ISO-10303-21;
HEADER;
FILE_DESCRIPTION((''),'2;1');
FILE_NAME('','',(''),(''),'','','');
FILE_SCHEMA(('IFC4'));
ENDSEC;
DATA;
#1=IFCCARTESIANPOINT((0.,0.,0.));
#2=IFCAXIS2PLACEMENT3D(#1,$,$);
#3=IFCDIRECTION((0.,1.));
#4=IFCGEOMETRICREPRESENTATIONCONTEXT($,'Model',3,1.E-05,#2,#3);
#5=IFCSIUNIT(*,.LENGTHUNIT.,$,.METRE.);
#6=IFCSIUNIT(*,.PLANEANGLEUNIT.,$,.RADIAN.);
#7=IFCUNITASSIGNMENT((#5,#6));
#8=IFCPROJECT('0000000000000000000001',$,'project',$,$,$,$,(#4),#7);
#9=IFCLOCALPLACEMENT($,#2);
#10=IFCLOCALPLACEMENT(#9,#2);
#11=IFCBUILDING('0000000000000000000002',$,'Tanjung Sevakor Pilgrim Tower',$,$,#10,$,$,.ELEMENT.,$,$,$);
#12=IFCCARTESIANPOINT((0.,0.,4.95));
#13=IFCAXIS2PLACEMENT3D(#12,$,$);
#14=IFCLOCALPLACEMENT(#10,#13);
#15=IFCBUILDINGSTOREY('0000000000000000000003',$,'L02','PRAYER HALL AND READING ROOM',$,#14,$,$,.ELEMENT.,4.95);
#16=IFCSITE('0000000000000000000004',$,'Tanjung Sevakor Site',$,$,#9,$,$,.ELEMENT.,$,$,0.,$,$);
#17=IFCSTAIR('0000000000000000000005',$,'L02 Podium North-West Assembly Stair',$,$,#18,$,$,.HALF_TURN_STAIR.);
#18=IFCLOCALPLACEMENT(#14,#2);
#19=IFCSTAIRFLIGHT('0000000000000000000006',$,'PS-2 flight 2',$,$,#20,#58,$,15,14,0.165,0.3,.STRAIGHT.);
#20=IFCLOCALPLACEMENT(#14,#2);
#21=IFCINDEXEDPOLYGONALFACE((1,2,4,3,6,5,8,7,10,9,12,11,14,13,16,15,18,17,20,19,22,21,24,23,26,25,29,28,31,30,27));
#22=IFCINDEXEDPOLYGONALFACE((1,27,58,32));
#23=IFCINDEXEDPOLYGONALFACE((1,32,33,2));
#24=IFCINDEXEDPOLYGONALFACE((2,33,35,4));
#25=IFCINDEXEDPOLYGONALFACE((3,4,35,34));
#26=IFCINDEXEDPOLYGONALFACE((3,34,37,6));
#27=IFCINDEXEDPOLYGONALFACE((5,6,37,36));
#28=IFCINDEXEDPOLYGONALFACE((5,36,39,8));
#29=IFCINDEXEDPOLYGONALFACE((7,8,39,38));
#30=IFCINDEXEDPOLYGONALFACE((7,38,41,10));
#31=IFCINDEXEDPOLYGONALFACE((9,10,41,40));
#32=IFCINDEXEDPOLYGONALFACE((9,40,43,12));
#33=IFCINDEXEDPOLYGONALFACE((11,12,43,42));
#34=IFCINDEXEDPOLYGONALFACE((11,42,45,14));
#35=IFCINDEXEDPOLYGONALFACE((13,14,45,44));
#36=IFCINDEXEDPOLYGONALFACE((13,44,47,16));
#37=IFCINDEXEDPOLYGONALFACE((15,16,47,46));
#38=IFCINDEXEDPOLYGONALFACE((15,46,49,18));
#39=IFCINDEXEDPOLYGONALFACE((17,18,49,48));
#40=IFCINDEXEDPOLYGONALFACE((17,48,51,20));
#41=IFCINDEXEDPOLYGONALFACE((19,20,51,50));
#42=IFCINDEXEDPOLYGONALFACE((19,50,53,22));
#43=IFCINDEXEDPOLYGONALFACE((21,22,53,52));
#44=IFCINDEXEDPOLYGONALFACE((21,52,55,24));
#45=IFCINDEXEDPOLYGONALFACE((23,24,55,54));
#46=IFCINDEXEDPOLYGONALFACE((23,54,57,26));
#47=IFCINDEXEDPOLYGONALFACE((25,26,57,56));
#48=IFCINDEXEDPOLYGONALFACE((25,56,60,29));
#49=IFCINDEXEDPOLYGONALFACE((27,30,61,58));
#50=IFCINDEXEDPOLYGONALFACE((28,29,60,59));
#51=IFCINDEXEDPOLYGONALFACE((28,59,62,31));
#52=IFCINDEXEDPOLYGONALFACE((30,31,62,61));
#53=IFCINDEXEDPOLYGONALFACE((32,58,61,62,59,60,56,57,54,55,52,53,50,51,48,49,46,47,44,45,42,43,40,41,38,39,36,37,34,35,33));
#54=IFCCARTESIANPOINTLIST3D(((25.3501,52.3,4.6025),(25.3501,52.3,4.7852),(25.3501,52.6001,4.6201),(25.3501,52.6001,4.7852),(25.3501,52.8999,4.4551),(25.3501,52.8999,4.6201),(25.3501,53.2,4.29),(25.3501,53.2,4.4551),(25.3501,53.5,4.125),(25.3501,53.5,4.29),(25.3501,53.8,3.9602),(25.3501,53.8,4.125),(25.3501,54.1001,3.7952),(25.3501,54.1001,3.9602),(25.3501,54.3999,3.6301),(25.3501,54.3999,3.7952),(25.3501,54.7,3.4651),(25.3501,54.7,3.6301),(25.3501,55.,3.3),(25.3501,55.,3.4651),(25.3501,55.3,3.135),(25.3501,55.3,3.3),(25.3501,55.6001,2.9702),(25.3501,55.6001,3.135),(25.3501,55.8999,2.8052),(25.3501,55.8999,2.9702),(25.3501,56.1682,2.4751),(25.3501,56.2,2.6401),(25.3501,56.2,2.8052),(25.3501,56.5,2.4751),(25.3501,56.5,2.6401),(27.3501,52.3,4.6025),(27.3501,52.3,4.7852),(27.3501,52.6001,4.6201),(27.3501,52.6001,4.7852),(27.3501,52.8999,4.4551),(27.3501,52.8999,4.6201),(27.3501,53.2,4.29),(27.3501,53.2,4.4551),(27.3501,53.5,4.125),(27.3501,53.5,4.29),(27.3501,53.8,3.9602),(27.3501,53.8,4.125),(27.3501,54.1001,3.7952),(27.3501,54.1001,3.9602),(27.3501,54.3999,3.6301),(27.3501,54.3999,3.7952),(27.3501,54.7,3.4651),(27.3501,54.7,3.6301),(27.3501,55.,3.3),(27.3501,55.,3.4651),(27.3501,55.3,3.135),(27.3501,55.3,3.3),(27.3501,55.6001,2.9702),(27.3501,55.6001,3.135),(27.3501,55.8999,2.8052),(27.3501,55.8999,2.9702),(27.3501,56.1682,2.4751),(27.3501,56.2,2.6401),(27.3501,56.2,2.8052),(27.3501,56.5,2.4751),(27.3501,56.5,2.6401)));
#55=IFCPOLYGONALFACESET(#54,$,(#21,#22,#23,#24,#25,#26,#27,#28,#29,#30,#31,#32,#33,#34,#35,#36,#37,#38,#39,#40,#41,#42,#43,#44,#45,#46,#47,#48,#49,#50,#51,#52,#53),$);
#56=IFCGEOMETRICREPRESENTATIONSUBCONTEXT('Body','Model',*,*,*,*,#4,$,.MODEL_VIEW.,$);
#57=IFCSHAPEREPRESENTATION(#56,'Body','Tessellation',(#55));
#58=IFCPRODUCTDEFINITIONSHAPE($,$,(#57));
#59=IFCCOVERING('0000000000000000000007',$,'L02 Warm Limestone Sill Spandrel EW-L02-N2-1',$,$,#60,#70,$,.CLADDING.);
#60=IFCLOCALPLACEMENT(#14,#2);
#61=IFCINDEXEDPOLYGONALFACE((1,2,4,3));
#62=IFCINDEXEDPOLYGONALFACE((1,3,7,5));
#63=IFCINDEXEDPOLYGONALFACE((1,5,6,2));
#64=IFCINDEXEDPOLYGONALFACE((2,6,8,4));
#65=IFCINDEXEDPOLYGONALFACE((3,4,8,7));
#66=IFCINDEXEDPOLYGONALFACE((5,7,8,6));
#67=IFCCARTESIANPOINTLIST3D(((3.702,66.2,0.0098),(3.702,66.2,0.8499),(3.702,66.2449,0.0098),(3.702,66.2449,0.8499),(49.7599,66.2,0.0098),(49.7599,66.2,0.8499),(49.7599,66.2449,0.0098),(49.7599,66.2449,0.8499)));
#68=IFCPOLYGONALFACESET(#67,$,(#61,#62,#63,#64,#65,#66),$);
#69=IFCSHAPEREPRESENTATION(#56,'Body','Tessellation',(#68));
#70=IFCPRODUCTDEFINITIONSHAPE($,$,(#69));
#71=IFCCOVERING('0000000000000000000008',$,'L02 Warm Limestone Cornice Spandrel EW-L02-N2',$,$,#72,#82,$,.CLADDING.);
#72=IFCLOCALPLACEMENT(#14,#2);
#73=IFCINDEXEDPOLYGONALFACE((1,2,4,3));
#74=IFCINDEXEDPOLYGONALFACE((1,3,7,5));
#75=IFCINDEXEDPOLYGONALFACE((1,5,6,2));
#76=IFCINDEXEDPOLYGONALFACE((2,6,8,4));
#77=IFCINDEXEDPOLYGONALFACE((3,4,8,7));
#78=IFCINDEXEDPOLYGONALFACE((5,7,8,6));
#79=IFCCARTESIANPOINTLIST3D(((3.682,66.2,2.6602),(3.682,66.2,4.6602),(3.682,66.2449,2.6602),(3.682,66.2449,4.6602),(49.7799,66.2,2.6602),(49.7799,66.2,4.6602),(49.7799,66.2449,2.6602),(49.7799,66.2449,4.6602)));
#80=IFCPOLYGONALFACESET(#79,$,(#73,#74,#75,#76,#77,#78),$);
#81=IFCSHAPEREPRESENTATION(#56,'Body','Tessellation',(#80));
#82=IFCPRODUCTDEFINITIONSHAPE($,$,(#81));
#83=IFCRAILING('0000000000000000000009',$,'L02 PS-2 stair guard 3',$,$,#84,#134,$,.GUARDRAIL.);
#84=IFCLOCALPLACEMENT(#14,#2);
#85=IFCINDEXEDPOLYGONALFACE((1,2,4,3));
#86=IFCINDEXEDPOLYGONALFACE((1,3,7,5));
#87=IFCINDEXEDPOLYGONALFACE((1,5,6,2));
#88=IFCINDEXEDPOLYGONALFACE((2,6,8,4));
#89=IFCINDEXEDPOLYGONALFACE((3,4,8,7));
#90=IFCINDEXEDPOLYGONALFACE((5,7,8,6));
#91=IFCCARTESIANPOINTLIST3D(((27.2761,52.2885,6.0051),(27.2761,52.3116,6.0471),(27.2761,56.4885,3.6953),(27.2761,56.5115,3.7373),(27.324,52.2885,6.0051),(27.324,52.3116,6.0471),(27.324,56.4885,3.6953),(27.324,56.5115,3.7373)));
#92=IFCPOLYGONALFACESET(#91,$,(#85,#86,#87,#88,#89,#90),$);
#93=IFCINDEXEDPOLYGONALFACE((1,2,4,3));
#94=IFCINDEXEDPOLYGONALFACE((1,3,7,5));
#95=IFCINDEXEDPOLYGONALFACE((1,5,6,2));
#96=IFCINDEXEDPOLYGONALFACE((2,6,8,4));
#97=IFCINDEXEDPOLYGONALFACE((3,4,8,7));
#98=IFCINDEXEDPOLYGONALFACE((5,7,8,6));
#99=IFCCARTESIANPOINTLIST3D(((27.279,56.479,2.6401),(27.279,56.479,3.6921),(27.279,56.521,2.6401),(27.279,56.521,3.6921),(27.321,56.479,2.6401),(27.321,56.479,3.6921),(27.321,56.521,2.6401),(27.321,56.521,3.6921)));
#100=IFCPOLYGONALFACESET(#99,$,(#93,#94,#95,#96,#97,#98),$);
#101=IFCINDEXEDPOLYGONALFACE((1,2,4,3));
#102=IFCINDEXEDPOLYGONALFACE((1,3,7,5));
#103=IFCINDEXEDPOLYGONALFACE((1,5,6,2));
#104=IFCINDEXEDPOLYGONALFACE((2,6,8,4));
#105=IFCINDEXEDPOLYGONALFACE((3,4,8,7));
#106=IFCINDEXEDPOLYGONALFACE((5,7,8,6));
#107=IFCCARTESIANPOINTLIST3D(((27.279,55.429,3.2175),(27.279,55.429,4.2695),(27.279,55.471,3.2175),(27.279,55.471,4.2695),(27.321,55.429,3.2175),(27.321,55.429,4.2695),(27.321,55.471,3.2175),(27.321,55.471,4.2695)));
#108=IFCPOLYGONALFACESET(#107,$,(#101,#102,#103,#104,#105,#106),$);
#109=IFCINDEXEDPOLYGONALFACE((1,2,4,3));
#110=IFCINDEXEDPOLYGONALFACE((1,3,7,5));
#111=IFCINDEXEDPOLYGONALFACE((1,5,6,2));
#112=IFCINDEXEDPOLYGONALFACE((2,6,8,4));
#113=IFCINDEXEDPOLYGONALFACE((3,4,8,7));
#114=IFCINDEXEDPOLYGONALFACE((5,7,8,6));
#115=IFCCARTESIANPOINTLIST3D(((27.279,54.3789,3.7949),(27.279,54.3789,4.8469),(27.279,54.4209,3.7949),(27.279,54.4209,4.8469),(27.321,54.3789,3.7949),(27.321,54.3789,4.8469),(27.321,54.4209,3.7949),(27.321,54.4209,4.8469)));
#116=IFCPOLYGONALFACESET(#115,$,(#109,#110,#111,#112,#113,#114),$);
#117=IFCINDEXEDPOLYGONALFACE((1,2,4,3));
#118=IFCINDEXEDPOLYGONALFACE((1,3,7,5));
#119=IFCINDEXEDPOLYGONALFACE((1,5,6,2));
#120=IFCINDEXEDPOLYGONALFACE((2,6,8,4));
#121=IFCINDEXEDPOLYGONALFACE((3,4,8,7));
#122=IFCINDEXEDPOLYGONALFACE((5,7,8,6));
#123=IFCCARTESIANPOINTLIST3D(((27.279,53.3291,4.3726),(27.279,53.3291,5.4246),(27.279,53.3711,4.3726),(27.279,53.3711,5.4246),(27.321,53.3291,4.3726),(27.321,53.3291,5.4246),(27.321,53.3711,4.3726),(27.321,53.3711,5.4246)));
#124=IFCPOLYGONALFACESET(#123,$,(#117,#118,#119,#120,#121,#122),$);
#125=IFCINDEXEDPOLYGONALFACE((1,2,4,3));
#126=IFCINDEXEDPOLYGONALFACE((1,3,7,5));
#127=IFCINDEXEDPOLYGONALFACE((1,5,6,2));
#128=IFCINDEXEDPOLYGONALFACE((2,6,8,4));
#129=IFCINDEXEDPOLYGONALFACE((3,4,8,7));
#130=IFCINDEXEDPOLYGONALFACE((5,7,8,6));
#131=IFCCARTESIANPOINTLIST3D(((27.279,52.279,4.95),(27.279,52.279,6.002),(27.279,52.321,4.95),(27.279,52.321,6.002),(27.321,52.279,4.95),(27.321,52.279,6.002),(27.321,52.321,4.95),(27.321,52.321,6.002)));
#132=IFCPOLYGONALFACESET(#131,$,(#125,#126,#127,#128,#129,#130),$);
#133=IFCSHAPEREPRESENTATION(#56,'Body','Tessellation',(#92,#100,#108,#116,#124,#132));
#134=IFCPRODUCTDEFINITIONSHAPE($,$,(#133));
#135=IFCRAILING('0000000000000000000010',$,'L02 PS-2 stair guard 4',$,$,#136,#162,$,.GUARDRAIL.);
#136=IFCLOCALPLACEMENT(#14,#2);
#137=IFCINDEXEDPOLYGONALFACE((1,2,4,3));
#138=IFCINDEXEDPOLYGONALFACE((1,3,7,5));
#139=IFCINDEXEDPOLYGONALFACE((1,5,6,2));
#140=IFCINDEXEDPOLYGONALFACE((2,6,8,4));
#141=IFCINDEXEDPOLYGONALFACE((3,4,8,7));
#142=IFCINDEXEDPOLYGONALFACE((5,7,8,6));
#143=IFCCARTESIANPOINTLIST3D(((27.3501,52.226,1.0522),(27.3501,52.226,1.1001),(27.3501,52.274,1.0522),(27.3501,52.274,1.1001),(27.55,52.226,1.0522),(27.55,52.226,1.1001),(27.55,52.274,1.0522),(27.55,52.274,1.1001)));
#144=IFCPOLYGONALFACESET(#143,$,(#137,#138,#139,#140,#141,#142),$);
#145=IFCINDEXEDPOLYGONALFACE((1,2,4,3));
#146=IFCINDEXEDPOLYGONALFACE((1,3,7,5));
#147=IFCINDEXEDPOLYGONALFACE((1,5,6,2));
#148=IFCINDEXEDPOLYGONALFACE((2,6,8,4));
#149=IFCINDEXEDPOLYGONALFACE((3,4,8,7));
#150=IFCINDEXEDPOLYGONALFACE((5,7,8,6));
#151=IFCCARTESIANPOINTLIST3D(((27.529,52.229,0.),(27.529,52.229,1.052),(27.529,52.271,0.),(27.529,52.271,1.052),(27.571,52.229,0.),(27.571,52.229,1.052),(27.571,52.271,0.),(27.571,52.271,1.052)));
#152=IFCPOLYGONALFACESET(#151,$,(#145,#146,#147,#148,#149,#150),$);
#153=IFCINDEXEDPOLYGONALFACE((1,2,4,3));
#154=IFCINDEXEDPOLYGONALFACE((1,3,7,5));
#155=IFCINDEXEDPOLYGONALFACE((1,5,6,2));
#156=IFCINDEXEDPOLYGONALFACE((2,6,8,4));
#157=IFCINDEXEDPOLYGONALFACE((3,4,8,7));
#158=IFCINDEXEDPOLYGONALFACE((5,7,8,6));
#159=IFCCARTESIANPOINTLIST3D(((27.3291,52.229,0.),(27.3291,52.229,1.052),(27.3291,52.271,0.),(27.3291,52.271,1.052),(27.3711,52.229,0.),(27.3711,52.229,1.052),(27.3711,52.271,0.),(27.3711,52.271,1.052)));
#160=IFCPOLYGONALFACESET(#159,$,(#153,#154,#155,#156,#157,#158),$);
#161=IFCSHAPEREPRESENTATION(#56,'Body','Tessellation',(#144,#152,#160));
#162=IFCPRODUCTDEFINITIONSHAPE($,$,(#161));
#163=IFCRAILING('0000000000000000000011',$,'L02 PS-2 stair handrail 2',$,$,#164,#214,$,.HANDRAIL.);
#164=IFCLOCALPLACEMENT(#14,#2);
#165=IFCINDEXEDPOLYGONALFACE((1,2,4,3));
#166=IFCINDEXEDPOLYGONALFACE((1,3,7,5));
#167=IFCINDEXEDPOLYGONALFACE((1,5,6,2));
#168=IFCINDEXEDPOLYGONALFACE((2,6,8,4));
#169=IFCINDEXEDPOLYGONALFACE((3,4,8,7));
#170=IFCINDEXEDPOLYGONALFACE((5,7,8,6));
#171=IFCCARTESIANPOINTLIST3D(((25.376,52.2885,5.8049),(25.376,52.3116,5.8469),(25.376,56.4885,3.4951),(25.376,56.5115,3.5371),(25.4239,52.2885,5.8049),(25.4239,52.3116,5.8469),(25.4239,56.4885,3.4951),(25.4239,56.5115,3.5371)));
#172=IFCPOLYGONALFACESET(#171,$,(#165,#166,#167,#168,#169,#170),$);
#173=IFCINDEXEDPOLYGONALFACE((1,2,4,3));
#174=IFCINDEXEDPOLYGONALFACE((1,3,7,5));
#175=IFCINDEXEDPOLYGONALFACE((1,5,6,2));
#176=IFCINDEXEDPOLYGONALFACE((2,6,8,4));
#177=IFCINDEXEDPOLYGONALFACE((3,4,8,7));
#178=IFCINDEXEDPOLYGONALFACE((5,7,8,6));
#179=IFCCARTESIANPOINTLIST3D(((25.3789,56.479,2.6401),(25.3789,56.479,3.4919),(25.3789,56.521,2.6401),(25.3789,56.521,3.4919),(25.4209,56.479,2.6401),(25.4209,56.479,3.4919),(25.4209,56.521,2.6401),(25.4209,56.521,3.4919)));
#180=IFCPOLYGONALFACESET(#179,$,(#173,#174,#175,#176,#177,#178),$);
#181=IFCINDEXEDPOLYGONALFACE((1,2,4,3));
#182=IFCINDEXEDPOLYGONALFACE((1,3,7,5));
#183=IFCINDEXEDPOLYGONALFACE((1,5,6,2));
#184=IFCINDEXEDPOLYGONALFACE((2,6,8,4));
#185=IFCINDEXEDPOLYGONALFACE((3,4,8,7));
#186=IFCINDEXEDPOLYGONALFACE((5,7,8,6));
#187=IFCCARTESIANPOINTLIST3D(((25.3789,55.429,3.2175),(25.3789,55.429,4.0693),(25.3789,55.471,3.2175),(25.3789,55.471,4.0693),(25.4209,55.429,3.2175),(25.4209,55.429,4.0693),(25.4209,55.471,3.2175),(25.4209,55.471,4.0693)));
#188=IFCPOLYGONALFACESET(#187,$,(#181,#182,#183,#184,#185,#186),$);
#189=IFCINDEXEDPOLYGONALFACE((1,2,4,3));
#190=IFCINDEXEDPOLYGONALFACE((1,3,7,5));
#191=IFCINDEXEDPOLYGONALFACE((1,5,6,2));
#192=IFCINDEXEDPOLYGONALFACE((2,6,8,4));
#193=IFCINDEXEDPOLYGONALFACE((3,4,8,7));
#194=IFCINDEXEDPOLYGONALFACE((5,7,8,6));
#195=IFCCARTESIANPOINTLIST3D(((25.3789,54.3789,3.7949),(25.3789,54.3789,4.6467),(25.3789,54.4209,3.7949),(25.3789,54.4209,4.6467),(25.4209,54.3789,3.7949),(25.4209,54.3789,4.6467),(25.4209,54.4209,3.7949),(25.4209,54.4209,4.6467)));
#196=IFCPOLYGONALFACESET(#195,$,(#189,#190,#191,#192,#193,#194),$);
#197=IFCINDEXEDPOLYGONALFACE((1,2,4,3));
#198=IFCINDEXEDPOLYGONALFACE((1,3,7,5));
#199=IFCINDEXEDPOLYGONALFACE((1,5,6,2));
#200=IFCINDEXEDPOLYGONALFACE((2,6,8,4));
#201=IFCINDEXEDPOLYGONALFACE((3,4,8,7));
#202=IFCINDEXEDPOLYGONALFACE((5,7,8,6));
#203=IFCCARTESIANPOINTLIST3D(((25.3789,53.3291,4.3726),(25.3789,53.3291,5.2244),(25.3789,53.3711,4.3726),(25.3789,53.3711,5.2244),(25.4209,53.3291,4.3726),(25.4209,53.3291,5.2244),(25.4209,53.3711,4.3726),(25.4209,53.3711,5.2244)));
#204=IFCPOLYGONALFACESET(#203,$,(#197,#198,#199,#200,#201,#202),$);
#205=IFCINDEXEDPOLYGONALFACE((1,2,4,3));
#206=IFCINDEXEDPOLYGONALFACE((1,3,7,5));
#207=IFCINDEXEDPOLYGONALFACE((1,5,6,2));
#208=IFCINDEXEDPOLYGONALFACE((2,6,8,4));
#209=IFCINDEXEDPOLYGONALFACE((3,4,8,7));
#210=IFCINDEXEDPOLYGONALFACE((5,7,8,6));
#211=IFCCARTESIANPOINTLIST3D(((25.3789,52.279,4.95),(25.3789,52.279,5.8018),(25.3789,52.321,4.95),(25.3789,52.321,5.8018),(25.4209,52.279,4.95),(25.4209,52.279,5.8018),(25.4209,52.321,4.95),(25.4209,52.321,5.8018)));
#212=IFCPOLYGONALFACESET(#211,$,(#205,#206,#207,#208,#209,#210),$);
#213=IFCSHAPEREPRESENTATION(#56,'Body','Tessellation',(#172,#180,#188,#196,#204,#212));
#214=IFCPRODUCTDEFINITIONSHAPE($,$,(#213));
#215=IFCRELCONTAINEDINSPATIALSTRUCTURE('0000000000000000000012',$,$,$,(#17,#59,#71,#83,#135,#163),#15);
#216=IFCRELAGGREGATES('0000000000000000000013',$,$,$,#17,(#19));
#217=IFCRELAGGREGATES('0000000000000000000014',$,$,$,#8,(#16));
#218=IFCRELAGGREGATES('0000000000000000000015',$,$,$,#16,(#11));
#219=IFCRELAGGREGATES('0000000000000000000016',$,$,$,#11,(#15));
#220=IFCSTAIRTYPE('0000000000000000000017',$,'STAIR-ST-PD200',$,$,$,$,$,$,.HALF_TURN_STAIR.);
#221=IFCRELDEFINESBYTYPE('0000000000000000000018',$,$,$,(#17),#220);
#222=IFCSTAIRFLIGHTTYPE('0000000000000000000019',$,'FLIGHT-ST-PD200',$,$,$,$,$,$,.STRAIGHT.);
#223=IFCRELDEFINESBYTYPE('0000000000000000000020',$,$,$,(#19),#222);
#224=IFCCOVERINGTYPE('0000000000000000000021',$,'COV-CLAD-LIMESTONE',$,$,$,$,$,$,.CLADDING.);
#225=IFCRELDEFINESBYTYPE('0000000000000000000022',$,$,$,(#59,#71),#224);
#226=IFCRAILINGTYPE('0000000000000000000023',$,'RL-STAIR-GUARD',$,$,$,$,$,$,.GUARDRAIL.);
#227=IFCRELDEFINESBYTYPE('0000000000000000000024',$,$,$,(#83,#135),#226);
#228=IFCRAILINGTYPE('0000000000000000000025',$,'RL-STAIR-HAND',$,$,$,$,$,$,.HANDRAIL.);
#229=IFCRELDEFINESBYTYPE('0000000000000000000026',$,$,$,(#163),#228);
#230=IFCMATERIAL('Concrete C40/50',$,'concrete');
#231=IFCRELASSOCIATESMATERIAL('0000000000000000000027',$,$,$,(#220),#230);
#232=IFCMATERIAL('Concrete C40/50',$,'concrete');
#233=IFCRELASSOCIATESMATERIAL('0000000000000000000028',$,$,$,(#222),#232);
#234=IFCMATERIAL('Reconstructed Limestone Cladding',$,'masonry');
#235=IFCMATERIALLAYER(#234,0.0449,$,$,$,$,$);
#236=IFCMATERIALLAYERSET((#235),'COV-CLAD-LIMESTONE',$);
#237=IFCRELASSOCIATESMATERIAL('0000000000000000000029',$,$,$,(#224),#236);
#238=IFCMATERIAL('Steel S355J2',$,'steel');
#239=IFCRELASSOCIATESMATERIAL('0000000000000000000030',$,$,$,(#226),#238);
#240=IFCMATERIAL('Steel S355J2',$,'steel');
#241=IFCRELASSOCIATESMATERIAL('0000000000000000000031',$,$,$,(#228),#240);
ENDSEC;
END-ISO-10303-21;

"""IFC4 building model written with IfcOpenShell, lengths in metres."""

from ifc_helpers import new_model, si_unit, direction, frame, origin, origin_2d, place, context, subcontext, project, spatial, polyline, rectangle, outline, extrude, material, layer, layer_set, type_object, element, aggregate, save


model = new_model("IFC4")

# Units and contexts
model_context = context("Model", 3, precision=1e-05, world=origin(), true_north=direction((0.0, 1.0)))
body_context = subcontext(model_context, "Body", "Model", "MODEL_VIEW")
ifc_project = project(units=[si_unit("LENGTHUNIT", "METRE"), si_unit("PLANEANGLEUNIT", "RADIAN")], contexts=[model_context])

# Site, building, storey
site_placement = place(None, origin())
site = spatial("IfcSite", under=ifc_project, at=site_placement, Name="Tanjung Sevakor Site", CompositionType="ELEMENT", RefElevation=0.0)
building_placement = place(site_placement, origin())
building = spatial("IfcBuilding", under=site, at=building_placement, Name="Tanjung Sevakor Pilgrim Tower", CompositionType="ELEMENT")
storey_placement = place(building_placement, frame((0.0, 0.0, 4.95)))
storey = spatial("IfcBuildingStorey", under=building, at=storey_placement, Name="L02", Description="PRAYER HALL AND READING ROOM", CompositionType="ELEMENT", Elevation=4.95)

# Stair, stair flight
ifc_material_1 = material(Name="Concrete C40/50", Category="concrete")
stair_type = type_object("IfcStairType", Name="STAIR-ST-PD200", PredefinedType="HALF_TURN_STAIR", material=ifc_material_1)
stair_placement = place(storey_placement, origin())
stair = element("IfcStair", 1, at=stair_placement, inside=storey, type_object=stair_type, Name="L02 Podium North-West Assembly Stair", PredefinedType="HALF_TURN_STAIR")
ifc_material_2 = material(Name="Concrete C40/50", Category="concrete")
stair_flight_type = type_object("IfcStairFlightType", Name="FLIGHT-ST-PD200", PredefinedType="STRAIGHT", material=ifc_material_2)
stair_flight_placement = place(storey_placement, frame((26.3501, 56.5, 2.4751), z_axis=(0.0, 0.0, 1.0), x_axis=(0.0, -1.0, 0.0)))
stair_flight = element("IfcStairFlight", 2, at=stair_flight_placement, type_object=stair_flight_type, Name="PS-2 flight 2", NumberOfRisers=15, NumberOfTreads=14, PredefinedType="STRAIGHT", RiserHeight=0.165, TreadLength=0.3, context=body_context, shape_type="SweptSolid", body=[
    extrude(outline(polyline([(0.0, 0.0), (0.0, 0.165), (0.3, 0.165), (0.3, 0.3301), (0.6001, 0.3301), (0.6001, 0.4951), (0.8999, 0.4951), (0.8999, 0.6599), (1.2, 0.6599), (1.2, 0.825), (1.5, 0.825), (1.5, 0.99), (1.8, 0.99), (1.8, 1.155), (2.1001, 1.155), (2.1001, 1.3201), (2.3999, 1.3201), (2.3999, 1.4851), (2.7, 1.4851), (2.7, 1.6499), (3.0, 1.6499), (3.0, 1.8149), (3.3, 1.8149), (3.3, 1.98), (3.6001, 1.98), (3.6001, 2.145), (3.8999, 2.145), (3.8999, 2.3101), (4.2, 2.3101), (4.2, 2.4751), (4.2, 2.1274), (0.3318, 0.0), (0.0, 0.0)])), frame((0.0, 1.0, 0.0), z_axis=(0.0, -1.0, 0.0), x_axis=(1.0, 0.0, 0.0)), (0.0, 0.0, 1.0), 2.0),
])
aggregate(stair, [stair_flight])

# Coverings
ifc_material_3 = material(Name="Reconstructed Limestone Cladding", Category="masonry")
ifc_layer_1 = layer(ifc_material_3, 0.0449)
ifc_layer_set_1 = layer_set([ifc_layer_1], Name="COV-CLAD-LIMESTONE")
covering_type = type_object("IfcCoveringType", Name="COV-CLAD-LIMESTONE", PredefinedType="CLADDING", material=ifc_layer_set_1)
covering_1_placement = place(storey_placement, frame((26.731, 66.2224, 0.0098), z_axis=(0.0, 0.0, 1.0), x_axis=(-1.0, 0.0, 0.0)))
element("IfcCovering", 3, at=covering_1_placement, inside=storey, type_object=covering_type, Name="L02 Warm Limestone Sill Spandrel EW-L02-N2-1", PredefinedType="CLADDING", context=body_context, shape_type="SweptSolid", body=[
    extrude(rectangle(XDim=46.0579, YDim=0.0449, at=origin_2d()), origin(), (0.0, 0.0, 1.0), 0.8401),
])
covering_2_placement = place(storey_placement, frame((26.731, 66.2224, 2.6602), z_axis=(0.0, 0.0, 1.0), x_axis=(-1.0, 0.0, 0.0)))
element("IfcCovering", 4, at=covering_2_placement, inside=storey, type_object=covering_type, Name="L02 Warm Limestone Cornice Spandrel EW-L02-N2", PredefinedType="CLADDING", context=body_context, shape_type="SweptSolid", body=[
    extrude(rectangle(XDim=46.0979, YDim=0.0449, at=origin_2d()), origin(), (0.0, 0.0, 1.0), 2.0),
])

# Railings
ifc_material_4 = material(Name="Steel S355J2", Category="steel")
railing_type_1 = type_object("IfcRailingType", Name="RL-STAIR-GUARD", PredefinedType="GUARDRAIL", material=ifc_material_4)
railing_1_placement = place(storey_placement, frame((27.3, 56.5, 2.6401)))
element("IfcRailing", 5, at=railing_1_placement, inside=storey, type_object=railing_type_1, Name="L02 PS-2 stair guard 3", PredefinedType="GUARDRAIL", context=body_context, shape_type="SweptSolid", body=[
    extrude(rectangle(XDim=0.0479, YDim=0.0479), frame((0.0, 0.0, 1.0762), z_axis=(0.0, -0.87623, 0.481893), x_axis=(1.0, 0.0, 0.0)), (0.0, 0.0, 1.0), 4.7932),
    extrude(rectangle(XDim=0.042, YDim=0.042), origin(), (0.0, 0.0, 1.0), 1.052),
    extrude(rectangle(XDim=0.042, YDim=0.042), frame((0.0, -1.05, 0.5774)), (0.0, 0.0, 1.0), 1.052),
    extrude(rectangle(XDim=0.042, YDim=0.042), frame((0.0, -2.1001, 1.1548)), (0.0, 0.0, 1.0), 1.052),
    extrude(rectangle(XDim=0.042, YDim=0.042), frame((0.0, -3.1499, 1.7324)), (0.0, 0.0, 1.0), 1.052),
    extrude(rectangle(XDim=0.042, YDim=0.042), frame((0.0, -4.2, 2.3098)), (0.0, 0.0, 1.0), 1.052),
])
railing_2_placement = place(storey_placement, frame((27.55, 52.25, 0.0)))
element("IfcRailing", 6, at=railing_2_placement, inside=storey, type_object=railing_type_1, Name="L02 PS-2 stair guard 4", PredefinedType="GUARDRAIL", context=body_context, shape_type="SweptSolid", body=[
    extrude(rectangle(XDim=0.0479, YDim=0.0479), frame((0.0, 0.0, 1.0762), z_axis=(-1.0, 0.0, 0.0), x_axis=(0.0, -1.0, 0.0)), (0.0, 0.0, 1.0), 0.2),
    extrude(rectangle(XDim=0.042, YDim=0.042), origin(), (0.0, 0.0, 1.0), 1.052),
    extrude(rectangle(XDim=0.042, YDim=0.042), frame((-0.2, 0.0, 0.0)), (0.0, 0.0, 1.0), 1.052),
])
ifc_material_5 = material(Name="Steel S355J2", Category="steel")
railing_type_2 = type_object("IfcRailingType", Name="RL-STAIR-HAND", PredefinedType="HANDRAIL", material=ifc_material_5)
railing_3_placement = place(storey_placement, frame((25.3999, 56.5, 2.6401)))
element("IfcRailing", 7, at=railing_3_placement, inside=storey, type_object=railing_type_2, Name="L02 PS-2 stair handrail 2", PredefinedType="HANDRAIL", context=body_context, shape_type="SweptSolid", body=[
    extrude(rectangle(XDim=0.0479, YDim=0.0479), frame((0.0, 0.0, 0.876), z_axis=(0.0, -0.87623, 0.481893), x_axis=(1.0, 0.0, 0.0)), (0.0, 0.0, 1.0), 4.7932),
    extrude(rectangle(XDim=0.042, YDim=0.042), origin(), (0.0, 0.0, 1.0), 0.8518),
    extrude(rectangle(XDim=0.042, YDim=0.042), frame((0.0, -1.05, 0.5774)), (0.0, 0.0, 1.0), 0.8518),
    extrude(rectangle(XDim=0.042, YDim=0.042), frame((0.0, -2.1001, 1.1548)), (0.0, 0.0, 1.0), 0.8518),
    extrude(rectangle(XDim=0.042, YDim=0.042), frame((0.0, -3.1499, 1.7324)), (0.0, 0.0, 1.0), 0.8518),
    extrude(rectangle(XDim=0.042, YDim=0.042), frame((0.0, -4.2, 2.3098)), (0.0, 0.0, 1.0), 0.8518),
])

save(model, "model.ifc")
